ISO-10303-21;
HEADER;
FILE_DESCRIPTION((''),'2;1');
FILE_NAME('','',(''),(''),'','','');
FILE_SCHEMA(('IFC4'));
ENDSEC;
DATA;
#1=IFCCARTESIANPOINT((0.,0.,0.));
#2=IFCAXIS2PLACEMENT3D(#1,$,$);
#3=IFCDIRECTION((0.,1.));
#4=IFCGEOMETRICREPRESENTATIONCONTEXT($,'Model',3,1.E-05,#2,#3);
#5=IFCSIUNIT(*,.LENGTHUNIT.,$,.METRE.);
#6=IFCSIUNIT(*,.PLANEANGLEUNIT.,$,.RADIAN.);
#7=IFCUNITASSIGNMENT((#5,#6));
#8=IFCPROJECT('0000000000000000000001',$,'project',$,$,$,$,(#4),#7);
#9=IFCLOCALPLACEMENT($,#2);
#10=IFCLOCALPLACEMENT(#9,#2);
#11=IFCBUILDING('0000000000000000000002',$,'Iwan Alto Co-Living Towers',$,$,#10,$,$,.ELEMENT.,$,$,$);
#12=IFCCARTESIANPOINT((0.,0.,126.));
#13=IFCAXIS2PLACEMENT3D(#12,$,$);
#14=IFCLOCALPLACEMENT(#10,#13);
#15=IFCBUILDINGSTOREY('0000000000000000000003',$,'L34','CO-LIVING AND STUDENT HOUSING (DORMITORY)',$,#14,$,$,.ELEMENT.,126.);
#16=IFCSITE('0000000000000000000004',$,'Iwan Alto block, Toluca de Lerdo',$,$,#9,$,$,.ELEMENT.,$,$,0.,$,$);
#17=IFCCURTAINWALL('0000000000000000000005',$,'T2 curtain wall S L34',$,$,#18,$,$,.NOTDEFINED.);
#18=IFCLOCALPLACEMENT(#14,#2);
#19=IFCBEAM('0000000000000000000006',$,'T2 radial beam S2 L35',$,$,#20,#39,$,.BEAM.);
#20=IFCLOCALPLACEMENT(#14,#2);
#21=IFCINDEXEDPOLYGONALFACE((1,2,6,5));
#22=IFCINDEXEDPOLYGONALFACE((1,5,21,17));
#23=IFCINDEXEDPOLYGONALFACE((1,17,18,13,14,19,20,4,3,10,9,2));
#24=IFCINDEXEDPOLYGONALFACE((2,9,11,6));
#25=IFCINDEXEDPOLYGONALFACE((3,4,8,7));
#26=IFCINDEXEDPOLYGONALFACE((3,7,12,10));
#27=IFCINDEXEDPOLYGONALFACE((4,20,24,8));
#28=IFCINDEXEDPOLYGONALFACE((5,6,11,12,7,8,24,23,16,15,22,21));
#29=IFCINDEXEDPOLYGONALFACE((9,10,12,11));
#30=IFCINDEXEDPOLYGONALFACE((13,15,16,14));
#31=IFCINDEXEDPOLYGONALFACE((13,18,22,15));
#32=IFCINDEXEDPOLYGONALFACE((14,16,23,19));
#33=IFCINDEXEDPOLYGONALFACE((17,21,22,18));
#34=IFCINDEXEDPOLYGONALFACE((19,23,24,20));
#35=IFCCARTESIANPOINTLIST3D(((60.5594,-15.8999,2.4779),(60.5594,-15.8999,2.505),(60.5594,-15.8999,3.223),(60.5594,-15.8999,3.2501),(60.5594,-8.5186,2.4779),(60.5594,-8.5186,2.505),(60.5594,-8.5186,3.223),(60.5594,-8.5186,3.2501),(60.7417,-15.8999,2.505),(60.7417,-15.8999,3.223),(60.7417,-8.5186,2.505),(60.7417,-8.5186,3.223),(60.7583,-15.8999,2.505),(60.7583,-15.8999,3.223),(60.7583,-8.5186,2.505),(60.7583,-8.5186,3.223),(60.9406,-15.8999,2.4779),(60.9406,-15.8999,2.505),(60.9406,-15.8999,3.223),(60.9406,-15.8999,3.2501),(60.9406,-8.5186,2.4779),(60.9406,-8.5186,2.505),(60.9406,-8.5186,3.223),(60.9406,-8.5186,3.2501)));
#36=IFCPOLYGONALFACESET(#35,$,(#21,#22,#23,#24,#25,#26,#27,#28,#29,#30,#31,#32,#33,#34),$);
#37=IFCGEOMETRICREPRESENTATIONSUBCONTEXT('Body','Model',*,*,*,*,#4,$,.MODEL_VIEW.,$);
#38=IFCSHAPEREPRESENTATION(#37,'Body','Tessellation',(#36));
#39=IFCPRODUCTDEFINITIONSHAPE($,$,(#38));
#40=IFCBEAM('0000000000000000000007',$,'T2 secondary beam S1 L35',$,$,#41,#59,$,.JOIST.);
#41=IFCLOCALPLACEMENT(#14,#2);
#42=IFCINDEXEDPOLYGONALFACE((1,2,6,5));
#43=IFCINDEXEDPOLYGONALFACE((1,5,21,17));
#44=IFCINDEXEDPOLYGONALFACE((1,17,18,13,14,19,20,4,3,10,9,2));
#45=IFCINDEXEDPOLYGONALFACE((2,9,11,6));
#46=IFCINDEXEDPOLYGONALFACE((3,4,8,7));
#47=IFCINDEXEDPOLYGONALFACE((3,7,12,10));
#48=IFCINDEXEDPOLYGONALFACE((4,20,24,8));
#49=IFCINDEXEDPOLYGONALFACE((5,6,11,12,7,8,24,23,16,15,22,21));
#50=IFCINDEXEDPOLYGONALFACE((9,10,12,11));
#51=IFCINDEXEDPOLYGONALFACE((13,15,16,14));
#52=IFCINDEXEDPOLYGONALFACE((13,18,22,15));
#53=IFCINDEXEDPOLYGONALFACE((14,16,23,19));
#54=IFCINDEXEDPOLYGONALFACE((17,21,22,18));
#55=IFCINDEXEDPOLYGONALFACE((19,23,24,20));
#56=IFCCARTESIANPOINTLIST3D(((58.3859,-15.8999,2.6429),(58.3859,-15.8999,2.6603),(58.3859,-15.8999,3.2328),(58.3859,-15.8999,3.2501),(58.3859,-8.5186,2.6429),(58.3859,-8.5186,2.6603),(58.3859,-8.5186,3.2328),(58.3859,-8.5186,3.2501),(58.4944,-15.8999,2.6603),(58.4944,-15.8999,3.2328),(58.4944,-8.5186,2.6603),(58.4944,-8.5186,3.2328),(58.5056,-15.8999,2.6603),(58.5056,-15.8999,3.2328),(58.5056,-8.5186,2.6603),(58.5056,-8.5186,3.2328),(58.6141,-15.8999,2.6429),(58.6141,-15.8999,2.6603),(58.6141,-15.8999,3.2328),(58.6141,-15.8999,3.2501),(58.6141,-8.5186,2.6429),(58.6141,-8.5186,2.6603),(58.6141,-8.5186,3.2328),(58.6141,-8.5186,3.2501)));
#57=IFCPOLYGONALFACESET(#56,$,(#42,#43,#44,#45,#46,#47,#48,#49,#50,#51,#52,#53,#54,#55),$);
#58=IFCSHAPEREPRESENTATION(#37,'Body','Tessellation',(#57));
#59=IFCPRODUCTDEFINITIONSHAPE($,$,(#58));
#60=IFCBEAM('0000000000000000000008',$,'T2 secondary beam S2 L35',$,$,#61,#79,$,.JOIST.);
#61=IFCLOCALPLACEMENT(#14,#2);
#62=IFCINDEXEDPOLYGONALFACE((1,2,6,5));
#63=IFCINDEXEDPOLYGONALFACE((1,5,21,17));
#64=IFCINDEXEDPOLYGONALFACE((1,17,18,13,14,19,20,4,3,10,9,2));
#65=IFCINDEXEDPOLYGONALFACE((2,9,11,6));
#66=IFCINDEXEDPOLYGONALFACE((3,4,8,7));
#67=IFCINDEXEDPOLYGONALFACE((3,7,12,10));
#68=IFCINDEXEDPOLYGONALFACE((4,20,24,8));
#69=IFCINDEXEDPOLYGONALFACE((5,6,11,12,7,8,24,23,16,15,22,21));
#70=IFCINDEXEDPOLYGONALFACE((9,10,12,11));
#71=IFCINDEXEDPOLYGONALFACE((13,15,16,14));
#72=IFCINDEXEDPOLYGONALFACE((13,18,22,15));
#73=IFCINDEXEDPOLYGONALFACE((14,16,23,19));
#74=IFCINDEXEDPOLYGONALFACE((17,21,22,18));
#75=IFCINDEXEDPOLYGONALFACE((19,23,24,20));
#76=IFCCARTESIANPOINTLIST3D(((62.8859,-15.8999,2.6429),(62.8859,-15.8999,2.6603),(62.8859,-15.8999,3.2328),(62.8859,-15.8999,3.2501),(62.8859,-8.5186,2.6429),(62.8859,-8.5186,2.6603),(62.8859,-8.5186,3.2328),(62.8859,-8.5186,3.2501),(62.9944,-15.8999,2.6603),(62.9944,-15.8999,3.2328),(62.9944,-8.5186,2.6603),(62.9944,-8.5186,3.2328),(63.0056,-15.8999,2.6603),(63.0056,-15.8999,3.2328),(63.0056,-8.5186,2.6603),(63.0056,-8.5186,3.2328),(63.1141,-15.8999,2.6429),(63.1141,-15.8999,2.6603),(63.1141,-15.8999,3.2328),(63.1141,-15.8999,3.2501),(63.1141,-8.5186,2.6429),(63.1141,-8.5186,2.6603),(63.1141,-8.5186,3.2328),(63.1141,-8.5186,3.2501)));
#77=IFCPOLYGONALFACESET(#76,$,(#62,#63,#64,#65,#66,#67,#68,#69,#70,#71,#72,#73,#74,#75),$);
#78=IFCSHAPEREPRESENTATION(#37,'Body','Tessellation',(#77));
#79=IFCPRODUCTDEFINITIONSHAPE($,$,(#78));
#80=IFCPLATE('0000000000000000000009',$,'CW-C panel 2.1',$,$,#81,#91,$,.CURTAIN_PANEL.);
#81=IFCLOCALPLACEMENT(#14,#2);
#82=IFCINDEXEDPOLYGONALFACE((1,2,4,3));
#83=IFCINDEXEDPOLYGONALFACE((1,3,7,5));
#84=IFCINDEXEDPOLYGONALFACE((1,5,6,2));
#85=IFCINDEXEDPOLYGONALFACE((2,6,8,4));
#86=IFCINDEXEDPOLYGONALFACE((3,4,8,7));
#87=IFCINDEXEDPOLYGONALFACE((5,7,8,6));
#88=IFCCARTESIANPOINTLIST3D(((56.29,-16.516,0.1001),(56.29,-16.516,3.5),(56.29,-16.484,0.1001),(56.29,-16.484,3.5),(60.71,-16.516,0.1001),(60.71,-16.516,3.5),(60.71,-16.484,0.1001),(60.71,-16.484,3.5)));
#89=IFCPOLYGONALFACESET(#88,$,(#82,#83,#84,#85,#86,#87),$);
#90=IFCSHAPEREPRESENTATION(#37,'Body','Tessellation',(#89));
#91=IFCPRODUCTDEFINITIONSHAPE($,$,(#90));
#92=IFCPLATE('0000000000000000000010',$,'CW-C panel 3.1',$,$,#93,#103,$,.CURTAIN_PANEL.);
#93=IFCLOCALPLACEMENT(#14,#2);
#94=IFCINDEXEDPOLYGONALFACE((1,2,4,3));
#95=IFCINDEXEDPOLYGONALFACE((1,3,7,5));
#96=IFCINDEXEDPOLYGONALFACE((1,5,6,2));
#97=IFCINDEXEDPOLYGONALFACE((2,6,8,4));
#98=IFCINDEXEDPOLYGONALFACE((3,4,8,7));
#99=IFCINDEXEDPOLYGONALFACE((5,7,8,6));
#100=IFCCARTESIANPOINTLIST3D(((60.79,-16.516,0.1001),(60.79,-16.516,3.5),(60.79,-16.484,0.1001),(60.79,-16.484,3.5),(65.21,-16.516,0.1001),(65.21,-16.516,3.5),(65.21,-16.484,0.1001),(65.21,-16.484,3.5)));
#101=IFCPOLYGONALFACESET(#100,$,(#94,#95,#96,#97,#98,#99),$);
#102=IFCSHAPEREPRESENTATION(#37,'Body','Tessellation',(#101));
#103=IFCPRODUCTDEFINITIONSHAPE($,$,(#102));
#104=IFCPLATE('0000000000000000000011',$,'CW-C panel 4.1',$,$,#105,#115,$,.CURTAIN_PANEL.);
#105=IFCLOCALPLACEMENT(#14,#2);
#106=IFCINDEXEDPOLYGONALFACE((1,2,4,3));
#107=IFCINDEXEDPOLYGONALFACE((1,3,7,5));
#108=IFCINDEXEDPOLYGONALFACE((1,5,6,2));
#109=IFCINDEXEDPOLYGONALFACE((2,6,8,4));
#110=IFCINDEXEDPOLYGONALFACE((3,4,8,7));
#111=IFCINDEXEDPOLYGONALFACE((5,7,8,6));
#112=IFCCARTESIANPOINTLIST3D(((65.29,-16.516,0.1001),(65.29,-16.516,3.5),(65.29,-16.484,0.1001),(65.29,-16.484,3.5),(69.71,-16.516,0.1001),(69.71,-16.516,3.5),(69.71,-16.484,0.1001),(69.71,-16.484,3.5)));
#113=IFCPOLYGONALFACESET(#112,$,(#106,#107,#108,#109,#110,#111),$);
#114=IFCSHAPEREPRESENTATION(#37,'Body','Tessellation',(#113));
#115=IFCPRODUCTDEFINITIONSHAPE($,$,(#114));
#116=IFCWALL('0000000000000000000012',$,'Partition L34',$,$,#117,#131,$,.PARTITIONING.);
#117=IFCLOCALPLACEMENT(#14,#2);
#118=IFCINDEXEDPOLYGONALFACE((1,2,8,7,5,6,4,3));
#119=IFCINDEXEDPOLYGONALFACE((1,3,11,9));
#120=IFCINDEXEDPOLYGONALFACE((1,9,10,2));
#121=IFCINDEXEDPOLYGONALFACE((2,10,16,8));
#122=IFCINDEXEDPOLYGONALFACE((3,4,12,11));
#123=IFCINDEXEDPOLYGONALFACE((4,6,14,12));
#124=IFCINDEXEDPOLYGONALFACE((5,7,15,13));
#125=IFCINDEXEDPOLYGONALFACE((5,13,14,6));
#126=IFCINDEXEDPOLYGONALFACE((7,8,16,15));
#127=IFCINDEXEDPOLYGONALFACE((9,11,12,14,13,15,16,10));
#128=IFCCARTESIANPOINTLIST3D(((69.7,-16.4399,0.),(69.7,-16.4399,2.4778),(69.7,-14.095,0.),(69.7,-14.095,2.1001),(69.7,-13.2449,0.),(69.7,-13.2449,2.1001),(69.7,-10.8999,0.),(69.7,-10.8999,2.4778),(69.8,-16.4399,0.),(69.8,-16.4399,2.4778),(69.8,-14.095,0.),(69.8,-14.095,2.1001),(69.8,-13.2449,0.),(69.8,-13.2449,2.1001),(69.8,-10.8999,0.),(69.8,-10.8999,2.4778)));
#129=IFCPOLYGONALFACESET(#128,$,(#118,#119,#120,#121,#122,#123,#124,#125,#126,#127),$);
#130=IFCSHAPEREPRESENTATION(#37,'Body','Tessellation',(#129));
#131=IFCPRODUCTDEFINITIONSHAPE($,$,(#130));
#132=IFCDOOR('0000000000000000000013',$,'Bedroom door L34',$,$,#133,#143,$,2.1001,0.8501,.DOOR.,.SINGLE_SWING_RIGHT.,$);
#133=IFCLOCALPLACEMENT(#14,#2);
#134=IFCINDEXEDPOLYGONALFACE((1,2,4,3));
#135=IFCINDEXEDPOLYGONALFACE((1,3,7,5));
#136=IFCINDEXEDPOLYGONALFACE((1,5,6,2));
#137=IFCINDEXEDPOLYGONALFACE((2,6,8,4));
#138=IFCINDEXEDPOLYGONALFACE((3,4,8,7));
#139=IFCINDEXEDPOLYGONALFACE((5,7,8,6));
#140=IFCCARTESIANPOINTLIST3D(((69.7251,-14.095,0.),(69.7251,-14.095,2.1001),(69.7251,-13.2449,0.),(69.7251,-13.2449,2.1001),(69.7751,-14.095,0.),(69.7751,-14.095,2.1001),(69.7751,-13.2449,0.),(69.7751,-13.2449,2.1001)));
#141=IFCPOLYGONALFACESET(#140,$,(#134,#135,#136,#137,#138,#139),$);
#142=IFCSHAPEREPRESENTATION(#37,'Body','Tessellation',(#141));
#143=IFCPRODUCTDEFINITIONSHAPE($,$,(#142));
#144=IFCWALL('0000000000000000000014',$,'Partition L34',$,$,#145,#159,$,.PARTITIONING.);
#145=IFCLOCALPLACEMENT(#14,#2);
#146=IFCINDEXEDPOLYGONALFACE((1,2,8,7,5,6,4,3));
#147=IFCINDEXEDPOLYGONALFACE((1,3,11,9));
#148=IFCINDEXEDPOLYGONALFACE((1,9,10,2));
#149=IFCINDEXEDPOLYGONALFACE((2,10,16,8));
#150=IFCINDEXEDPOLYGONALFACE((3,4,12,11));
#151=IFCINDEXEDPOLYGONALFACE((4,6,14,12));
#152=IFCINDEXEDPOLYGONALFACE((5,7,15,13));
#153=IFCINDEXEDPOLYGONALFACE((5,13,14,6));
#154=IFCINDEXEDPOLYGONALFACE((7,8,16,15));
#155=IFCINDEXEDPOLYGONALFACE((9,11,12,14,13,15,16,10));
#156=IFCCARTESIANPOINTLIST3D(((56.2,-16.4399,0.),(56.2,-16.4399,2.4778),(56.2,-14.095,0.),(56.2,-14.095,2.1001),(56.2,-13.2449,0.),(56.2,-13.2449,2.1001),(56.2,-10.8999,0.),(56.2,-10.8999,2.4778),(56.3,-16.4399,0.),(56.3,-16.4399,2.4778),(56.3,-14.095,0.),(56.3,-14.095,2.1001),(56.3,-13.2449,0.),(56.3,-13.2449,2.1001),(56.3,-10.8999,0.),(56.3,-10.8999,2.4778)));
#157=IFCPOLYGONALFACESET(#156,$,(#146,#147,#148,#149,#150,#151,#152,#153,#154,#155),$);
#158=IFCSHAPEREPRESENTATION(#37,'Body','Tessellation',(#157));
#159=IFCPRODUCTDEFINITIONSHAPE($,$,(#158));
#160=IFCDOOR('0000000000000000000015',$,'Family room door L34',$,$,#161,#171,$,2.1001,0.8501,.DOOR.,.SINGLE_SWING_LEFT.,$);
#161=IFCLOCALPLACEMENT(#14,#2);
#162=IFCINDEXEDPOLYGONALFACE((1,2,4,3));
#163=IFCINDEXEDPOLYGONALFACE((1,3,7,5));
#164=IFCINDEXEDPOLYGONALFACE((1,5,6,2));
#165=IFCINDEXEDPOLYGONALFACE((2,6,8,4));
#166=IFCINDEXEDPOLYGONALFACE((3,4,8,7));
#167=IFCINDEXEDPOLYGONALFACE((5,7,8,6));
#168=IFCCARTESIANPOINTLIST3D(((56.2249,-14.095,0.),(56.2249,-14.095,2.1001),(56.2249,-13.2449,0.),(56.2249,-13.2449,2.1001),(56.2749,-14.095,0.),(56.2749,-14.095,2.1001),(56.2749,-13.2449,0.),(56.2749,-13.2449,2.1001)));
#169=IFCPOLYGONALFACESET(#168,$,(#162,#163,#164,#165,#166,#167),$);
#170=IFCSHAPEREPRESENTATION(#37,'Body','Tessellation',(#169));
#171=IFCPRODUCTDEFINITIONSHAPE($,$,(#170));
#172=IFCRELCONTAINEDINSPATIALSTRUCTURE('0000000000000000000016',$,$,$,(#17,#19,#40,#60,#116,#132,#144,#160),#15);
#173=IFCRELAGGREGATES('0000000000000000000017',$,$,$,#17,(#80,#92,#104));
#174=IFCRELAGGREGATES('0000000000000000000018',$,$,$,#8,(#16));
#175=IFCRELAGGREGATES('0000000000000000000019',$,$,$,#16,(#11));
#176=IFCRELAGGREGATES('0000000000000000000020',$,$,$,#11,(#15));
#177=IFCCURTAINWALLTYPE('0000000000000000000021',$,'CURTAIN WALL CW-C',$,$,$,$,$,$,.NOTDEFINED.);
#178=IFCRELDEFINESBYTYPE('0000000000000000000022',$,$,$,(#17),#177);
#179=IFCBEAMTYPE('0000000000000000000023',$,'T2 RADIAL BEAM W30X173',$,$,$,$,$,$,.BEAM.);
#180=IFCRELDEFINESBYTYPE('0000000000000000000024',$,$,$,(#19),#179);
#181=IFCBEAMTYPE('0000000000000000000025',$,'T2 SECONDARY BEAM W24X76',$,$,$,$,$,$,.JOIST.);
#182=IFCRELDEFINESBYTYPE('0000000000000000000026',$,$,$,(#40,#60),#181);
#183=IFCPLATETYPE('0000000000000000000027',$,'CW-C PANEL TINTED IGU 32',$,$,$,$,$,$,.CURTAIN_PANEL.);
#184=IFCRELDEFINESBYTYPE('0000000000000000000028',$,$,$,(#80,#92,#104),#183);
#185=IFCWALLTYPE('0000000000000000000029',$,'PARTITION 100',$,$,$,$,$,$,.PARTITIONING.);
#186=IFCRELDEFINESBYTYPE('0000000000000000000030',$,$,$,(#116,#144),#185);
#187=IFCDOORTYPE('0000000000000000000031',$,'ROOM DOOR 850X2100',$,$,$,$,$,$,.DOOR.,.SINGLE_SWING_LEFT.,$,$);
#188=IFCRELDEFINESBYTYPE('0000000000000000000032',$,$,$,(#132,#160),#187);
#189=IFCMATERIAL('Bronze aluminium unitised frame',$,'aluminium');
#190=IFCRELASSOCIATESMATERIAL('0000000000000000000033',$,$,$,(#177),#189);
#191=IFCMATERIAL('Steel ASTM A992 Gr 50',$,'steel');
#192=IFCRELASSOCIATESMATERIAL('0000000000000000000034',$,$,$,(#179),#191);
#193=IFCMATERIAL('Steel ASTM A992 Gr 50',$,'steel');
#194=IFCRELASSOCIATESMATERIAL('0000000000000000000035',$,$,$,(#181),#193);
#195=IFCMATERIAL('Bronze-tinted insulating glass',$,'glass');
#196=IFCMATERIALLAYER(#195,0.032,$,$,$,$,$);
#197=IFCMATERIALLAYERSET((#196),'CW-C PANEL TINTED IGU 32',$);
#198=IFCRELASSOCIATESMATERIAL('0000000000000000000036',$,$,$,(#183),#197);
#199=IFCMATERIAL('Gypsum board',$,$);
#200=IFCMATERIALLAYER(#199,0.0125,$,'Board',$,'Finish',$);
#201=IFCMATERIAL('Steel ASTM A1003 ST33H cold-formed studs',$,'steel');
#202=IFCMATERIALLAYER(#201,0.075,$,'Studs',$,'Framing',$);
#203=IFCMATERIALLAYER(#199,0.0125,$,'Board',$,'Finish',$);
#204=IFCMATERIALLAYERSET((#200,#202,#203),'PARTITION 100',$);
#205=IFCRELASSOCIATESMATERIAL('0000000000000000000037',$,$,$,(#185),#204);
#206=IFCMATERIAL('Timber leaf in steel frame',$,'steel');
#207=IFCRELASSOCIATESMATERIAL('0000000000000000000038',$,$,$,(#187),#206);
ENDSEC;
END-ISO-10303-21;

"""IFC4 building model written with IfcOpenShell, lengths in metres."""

from ifc_helpers import new_model, si_unit, direction, frame, frame_2d, origin, origin_2d, place, context, subcontext, project, spatial, rectangle, i_section, extrude, material, layer, layer_set, material_profile, profile_set, type_object, element, fill, aggregate, save


model = new_model("IFC4")

# Units and contexts
model_context = context("Model", 3, precision=1e-05, world=origin(), true_north=direction((0.0, 1.0)))
body_context = subcontext(model_context, "Body", "Model", "MODEL_VIEW")
ifc_project = project(units=[si_unit("LENGTHUNIT", "METRE"), si_unit("PLANEANGLEUNIT", "RADIAN")], contexts=[model_context])

# Site, building, storey
site_placement = place(None, origin())
site = spatial("IfcSite", under=ifc_project, at=site_placement, Name="Iwan Alto block, Toluca de Lerdo", CompositionType="ELEMENT", RefElevation=0.0)
building_placement = place(site_placement, origin())
building = spatial("IfcBuilding", under=site, at=building_placement, Name="Iwan Alto Co-Living Towers", CompositionType="ELEMENT")
storey_placement = place(building_placement, frame((0.0, 0.0, 126.0)))
storey = spatial("IfcBuildingStorey", under=building, at=storey_placement, Name="L34", Description="CO-LIVING AND STUDENT HOUSING (DORMITORY)", CompositionType="ELEMENT", Elevation=126.0)

# Curtain wall
ifc_material_1 = material(Name="Bronze aluminium unitised frame", Category="aluminium")
curtain_wall_type = type_object("IfcCurtainWallType", Name="CURTAIN WALL CW-C", PredefinedType="NOTDEFINED", material=ifc_material_1)
curtain_wall_placement = place(storey_placement, origin())
curtain_wall = element("IfcCurtainWall", 1, at=curtain_wall_placement, inside=storey, type_object=curtain_wall_type, Name="T2 curtain wall S L34", PredefinedType="NOTDEFINED")

# Beams
ifc_material_2 = material(Name="Steel ASTM A992 Gr 50", Category="steel")
ifc_material_profile_1 = material_profile(ifc_material_2, i_section(OverallWidth=0.3811, OverallDepth=0.7722, WebThickness=0.0166, FlangeThickness=0.0271, at=origin_2d()), Name="W30X173")
ifc_profile_set_1 = profile_set([ifc_material_profile_1], Name="Steel ASTM A992 Gr 50")
beam_type_1 = type_object("IfcBeamType", Name="T2 RADIAL BEAM W30X173", PredefinedType="BEAM", material=ifc_profile_set_1)
beam_placement = place(storey_placement, frame((60.75, -15.8999, 2.864), z_axis=(0.0, 1.0, 0.0), x_axis=(-1.0, 0.0, 0.0)))
element("IfcBeam", 2, at=beam_placement, inside=storey, type_object=beam_type_1, Name="T2 radial beam S2 L35", PredefinedType="BEAM", context=body_context, shape_type="SweptSolid", body=[
    extrude(i_section(OverallWidth=0.3811, OverallDepth=0.7722, WebThickness=0.0166, FlangeThickness=0.0271, at=origin_2d()), origin(), (0.0, 0.0, 1.0), 7.3813),
])
ifc_material_3 = material(Name="Steel ASTM A992 Gr 50", Category="steel")
ifc_material_profile_2 = material_profile(ifc_material_3, i_section(OverallWidth=0.2283, OverallDepth=0.6072, WebThickness=0.0112, FlangeThickness=0.0173, at=origin_2d()), Name="W24X76")
ifc_profile_set_2 = profile_set([ifc_material_profile_2], Name="Steel ASTM A992 Gr 50")
beam_type_2 = type_object("IfcBeamType", Name="T2 SECONDARY BEAM W24X76", PredefinedType="JOIST", material=ifc_profile_set_2)
for number, where, z_axis, x_axis, name in (
    (3, (58.5, -15.8999, 2.9465), (0.0, 1.0, 0.0), (-1.0, 0.0, 0.0), "T2 secondary beam S1 L35"),
    (4, (63.0, -15.8999, 2.9465), (0.0, 1.0, 0.0), (-1.0, 0.0, 0.0), "T2 secondary beam S2 L35"),
):
    element("IfcBeam", number, at=place(storey_placement, frame(where, z_axis=z_axis, x_axis=x_axis)), inside=storey, type_object=beam_type_2, Name=name, PredefinedType="JOIST", context=body_context, shape_type="SweptSolid", body=[
        extrude(i_section(OverallWidth=0.2283, OverallDepth=0.6072, WebThickness=0.0112, FlangeThickness=0.0173, at=origin_2d()), origin(), (0.0, 0.0, 1.0), 7.3813),
    ])

# Plates
ifc_material_4 = material(Name="Bronze-tinted insulating glass", Category="glass")
ifc_layer_1 = layer(ifc_material_4, 0.032)
ifc_layer_set_1 = layer_set([ifc_layer_1], Name="CW-C PANEL TINTED IGU 32")
plate_type = type_object("IfcPlateType", Name="CW-C PANEL TINTED IGU 32", PredefinedType="CURTAIN_PANEL", material=ifc_layer_set_1)
plate_1_placement = place(storey_placement, frame((58.5, -16.5, 0.1001), z_axis=(0.0, 0.0, 1.0), x_axis=(1.0, 0.0, 0.0)))
plate_1 = element("IfcPlate", 5, at=plate_1_placement, type_object=plate_type, Name="CW-C panel 2.1", PredefinedType="CURTAIN_PANEL", context=body_context, shape_type="SweptSolid", body=[
    extrude(rectangle(XDim=4.4199, YDim=0.032, at=origin_2d()), origin(), (0.0, 0.0, 1.0), 3.3999),
])
plate_2_placement = place(storey_placement, frame((63.0, -16.5, 0.1001), z_axis=(0.0, 0.0, 1.0), x_axis=(1.0, 0.0, 0.0)))
plate_2 = element("IfcPlate", 6, at=plate_2_placement, type_object=plate_type, Name="CW-C panel 3.1", PredefinedType="CURTAIN_PANEL", context=body_context, shape_type="SweptSolid", body=[
    extrude(rectangle(XDim=4.4199, YDim=0.032, at=origin_2d()), origin(), (0.0, 0.0, 1.0), 3.3999),
])
plate_3_placement = place(storey_placement, frame((67.5, -16.5, 0.1001), z_axis=(0.0, 0.0, 1.0), x_axis=(1.0, 0.0, 0.0)))
plate_3 = element("IfcPlate", 7, at=plate_3_placement, type_object=plate_type, Name="CW-C panel 4.1", PredefinedType="CURTAIN_PANEL", context=body_context, shape_type="SweptSolid", body=[
    extrude(rectangle(XDim=4.4199, YDim=0.032, at=origin_2d()), origin(), (0.0, 0.0, 1.0), 3.3999),
])
aggregate(curtain_wall, [plate_1, plate_2, plate_3])

# Walls, openings, doors
ifc_material_5 = material(Name="Gypsum board")
ifc_layer_2 = layer(ifc_material_5, 0.0125, Name="Board", Category="Finish")
ifc_material_6 = material(Name="Steel ASTM A1003 ST33H cold-formed studs", Category="steel")
ifc_layer_3 = layer(ifc_material_6, 0.075, Name="Studs", Category="Framing")
ifc_layer_4 = layer(ifc_material_5, 0.0125, Name="Board", Category="Finish")
ifc_layer_set_2 = layer_set([ifc_layer_2, ifc_layer_3, ifc_layer_4], Name="PARTITION 100")
wall_type = type_object("IfcWallType", Name="PARTITION 100", PredefinedType="PARTITIONING", material=ifc_layer_set_2)
wall_1_placement = place(storey_placement, frame((69.75, -16.4399, 0.0), z_axis=(0.0, 0.0, 1.0), x_axis=(0.0, 1.0, 0.0)))
wall_1 = element("IfcWall", 8, at=wall_1_placement, inside=storey, type_object=wall_type, Name="Partition L34", PredefinedType="PARTITIONING", context=body_context, shape_type="SweptSolid", body=[
    extrude(rectangle(XDim=5.54, YDim=0.1001, at=frame_2d((2.77, 0.0))), origin(), (0.0, 0.0, 1.0), 2.4778),
])
opening_1_placement = place(wall_1_placement, frame((2.345, 0.0, 0.0)))
opening_1 = element("IfcOpeningElement", 9, at=opening_1_placement, cuts=wall_1, PredefinedType="OPENING", context=body_context, shape_type="SweptSolid", body=[
    extrude(rectangle(XDim=0.8501, YDim=2.1001, at=frame_2d((0.425, 1.05))), frame((0.0, 0.0601, 0.0), z_axis=(0.0, -1.0, 0.0), x_axis=(1.0, 0.0, 0.0)), (0.0, 0.0, 1.0), 0.1201),
])
ifc_material_7 = material(Name="Timber leaf in steel frame", Category="steel")
door_type = type_object("IfcDoorType", Name="ROOM DOOR 850X2100", OperationType="SINGLE_SWING_LEFT", PredefinedType="DOOR", material=ifc_material_7)
door_1_placement = place(opening_1_placement, origin())
door_1 = element("IfcDoor", 10, at=door_1_placement, inside=storey, type_object=door_type, Name="Bedroom door L34", OperationType="SINGLE_SWING_RIGHT", OverallHeight=2.1001, OverallWidth=0.8501, PredefinedType="DOOR", context=body_context, shape_type="SweptSolid", body=[
    extrude(rectangle(XDim=0.8501, YDim=2.1001, at=frame_2d((0.425, 1.05))), frame((0.0, 0.0249, 0.0), z_axis=(0.0, -1.0, 0.0), x_axis=(1.0, 0.0, 0.0)), (0.0, 0.0, 1.0), 0.05),
])
fill(opening_1, door_1)
wall_2_placement = place(storey_placement, frame((56.25, -16.4399, 0.0), z_axis=(0.0, 0.0, 1.0), x_axis=(0.0, 1.0, 0.0)))
wall_2 = element("IfcWall", 11, at=wall_2_placement, inside=storey, type_object=wall_type, Name="Partition L34", PredefinedType="PARTITIONING", context=body_context, shape_type="SweptSolid", body=[
    extrude(rectangle(XDim=5.54, YDim=0.1001, at=frame_2d((2.77, 0.0))), origin(), (0.0, 0.0, 1.0), 2.4778),
])
opening_2_placement = place(wall_2_placement, frame((2.345, 0.0, 0.0)))
opening_2 = element("IfcOpeningElement", 12, at=opening_2_placement, cuts=wall_2, PredefinedType="OPENING", context=body_context, shape_type="SweptSolid", body=[
    extrude(rectangle(XDim=0.8501, YDim=2.1001, at=frame_2d((0.425, 1.05))), frame((0.0, 0.0601, 0.0), z_axis=(0.0, -1.0, 0.0), x_axis=(1.0, 0.0, 0.0)), (0.0, 0.0, 1.0), 0.1201),
])
door_2_placement = place(opening_2_placement, frame((0.8501, 0.0, 0.0), z_axis=(0.0, 0.0, 1.0), x_axis=(-1.0, 0.0, 0.0)))
door_2 = element("IfcDoor", 13, at=door_2_placement, inside=storey, type_object=door_type, Name="Family room door L34", OperationType="SINGLE_SWING_LEFT", OverallHeight=2.1001, OverallWidth=0.8501, PredefinedType="DOOR", context=body_context, shape_type="SweptSolid", body=[
    extrude(rectangle(XDim=0.8501, YDim=2.1001, at=frame_2d((0.425, 1.05))), frame((0.0, 0.0249, 0.0), z_axis=(0.0, -1.0, 0.0), x_axis=(1.0, 0.0, 0.0)), (0.0, 0.0, 1.0), 0.05),
])
fill(opening_2, door_2)

save(model, "model.ifc")
